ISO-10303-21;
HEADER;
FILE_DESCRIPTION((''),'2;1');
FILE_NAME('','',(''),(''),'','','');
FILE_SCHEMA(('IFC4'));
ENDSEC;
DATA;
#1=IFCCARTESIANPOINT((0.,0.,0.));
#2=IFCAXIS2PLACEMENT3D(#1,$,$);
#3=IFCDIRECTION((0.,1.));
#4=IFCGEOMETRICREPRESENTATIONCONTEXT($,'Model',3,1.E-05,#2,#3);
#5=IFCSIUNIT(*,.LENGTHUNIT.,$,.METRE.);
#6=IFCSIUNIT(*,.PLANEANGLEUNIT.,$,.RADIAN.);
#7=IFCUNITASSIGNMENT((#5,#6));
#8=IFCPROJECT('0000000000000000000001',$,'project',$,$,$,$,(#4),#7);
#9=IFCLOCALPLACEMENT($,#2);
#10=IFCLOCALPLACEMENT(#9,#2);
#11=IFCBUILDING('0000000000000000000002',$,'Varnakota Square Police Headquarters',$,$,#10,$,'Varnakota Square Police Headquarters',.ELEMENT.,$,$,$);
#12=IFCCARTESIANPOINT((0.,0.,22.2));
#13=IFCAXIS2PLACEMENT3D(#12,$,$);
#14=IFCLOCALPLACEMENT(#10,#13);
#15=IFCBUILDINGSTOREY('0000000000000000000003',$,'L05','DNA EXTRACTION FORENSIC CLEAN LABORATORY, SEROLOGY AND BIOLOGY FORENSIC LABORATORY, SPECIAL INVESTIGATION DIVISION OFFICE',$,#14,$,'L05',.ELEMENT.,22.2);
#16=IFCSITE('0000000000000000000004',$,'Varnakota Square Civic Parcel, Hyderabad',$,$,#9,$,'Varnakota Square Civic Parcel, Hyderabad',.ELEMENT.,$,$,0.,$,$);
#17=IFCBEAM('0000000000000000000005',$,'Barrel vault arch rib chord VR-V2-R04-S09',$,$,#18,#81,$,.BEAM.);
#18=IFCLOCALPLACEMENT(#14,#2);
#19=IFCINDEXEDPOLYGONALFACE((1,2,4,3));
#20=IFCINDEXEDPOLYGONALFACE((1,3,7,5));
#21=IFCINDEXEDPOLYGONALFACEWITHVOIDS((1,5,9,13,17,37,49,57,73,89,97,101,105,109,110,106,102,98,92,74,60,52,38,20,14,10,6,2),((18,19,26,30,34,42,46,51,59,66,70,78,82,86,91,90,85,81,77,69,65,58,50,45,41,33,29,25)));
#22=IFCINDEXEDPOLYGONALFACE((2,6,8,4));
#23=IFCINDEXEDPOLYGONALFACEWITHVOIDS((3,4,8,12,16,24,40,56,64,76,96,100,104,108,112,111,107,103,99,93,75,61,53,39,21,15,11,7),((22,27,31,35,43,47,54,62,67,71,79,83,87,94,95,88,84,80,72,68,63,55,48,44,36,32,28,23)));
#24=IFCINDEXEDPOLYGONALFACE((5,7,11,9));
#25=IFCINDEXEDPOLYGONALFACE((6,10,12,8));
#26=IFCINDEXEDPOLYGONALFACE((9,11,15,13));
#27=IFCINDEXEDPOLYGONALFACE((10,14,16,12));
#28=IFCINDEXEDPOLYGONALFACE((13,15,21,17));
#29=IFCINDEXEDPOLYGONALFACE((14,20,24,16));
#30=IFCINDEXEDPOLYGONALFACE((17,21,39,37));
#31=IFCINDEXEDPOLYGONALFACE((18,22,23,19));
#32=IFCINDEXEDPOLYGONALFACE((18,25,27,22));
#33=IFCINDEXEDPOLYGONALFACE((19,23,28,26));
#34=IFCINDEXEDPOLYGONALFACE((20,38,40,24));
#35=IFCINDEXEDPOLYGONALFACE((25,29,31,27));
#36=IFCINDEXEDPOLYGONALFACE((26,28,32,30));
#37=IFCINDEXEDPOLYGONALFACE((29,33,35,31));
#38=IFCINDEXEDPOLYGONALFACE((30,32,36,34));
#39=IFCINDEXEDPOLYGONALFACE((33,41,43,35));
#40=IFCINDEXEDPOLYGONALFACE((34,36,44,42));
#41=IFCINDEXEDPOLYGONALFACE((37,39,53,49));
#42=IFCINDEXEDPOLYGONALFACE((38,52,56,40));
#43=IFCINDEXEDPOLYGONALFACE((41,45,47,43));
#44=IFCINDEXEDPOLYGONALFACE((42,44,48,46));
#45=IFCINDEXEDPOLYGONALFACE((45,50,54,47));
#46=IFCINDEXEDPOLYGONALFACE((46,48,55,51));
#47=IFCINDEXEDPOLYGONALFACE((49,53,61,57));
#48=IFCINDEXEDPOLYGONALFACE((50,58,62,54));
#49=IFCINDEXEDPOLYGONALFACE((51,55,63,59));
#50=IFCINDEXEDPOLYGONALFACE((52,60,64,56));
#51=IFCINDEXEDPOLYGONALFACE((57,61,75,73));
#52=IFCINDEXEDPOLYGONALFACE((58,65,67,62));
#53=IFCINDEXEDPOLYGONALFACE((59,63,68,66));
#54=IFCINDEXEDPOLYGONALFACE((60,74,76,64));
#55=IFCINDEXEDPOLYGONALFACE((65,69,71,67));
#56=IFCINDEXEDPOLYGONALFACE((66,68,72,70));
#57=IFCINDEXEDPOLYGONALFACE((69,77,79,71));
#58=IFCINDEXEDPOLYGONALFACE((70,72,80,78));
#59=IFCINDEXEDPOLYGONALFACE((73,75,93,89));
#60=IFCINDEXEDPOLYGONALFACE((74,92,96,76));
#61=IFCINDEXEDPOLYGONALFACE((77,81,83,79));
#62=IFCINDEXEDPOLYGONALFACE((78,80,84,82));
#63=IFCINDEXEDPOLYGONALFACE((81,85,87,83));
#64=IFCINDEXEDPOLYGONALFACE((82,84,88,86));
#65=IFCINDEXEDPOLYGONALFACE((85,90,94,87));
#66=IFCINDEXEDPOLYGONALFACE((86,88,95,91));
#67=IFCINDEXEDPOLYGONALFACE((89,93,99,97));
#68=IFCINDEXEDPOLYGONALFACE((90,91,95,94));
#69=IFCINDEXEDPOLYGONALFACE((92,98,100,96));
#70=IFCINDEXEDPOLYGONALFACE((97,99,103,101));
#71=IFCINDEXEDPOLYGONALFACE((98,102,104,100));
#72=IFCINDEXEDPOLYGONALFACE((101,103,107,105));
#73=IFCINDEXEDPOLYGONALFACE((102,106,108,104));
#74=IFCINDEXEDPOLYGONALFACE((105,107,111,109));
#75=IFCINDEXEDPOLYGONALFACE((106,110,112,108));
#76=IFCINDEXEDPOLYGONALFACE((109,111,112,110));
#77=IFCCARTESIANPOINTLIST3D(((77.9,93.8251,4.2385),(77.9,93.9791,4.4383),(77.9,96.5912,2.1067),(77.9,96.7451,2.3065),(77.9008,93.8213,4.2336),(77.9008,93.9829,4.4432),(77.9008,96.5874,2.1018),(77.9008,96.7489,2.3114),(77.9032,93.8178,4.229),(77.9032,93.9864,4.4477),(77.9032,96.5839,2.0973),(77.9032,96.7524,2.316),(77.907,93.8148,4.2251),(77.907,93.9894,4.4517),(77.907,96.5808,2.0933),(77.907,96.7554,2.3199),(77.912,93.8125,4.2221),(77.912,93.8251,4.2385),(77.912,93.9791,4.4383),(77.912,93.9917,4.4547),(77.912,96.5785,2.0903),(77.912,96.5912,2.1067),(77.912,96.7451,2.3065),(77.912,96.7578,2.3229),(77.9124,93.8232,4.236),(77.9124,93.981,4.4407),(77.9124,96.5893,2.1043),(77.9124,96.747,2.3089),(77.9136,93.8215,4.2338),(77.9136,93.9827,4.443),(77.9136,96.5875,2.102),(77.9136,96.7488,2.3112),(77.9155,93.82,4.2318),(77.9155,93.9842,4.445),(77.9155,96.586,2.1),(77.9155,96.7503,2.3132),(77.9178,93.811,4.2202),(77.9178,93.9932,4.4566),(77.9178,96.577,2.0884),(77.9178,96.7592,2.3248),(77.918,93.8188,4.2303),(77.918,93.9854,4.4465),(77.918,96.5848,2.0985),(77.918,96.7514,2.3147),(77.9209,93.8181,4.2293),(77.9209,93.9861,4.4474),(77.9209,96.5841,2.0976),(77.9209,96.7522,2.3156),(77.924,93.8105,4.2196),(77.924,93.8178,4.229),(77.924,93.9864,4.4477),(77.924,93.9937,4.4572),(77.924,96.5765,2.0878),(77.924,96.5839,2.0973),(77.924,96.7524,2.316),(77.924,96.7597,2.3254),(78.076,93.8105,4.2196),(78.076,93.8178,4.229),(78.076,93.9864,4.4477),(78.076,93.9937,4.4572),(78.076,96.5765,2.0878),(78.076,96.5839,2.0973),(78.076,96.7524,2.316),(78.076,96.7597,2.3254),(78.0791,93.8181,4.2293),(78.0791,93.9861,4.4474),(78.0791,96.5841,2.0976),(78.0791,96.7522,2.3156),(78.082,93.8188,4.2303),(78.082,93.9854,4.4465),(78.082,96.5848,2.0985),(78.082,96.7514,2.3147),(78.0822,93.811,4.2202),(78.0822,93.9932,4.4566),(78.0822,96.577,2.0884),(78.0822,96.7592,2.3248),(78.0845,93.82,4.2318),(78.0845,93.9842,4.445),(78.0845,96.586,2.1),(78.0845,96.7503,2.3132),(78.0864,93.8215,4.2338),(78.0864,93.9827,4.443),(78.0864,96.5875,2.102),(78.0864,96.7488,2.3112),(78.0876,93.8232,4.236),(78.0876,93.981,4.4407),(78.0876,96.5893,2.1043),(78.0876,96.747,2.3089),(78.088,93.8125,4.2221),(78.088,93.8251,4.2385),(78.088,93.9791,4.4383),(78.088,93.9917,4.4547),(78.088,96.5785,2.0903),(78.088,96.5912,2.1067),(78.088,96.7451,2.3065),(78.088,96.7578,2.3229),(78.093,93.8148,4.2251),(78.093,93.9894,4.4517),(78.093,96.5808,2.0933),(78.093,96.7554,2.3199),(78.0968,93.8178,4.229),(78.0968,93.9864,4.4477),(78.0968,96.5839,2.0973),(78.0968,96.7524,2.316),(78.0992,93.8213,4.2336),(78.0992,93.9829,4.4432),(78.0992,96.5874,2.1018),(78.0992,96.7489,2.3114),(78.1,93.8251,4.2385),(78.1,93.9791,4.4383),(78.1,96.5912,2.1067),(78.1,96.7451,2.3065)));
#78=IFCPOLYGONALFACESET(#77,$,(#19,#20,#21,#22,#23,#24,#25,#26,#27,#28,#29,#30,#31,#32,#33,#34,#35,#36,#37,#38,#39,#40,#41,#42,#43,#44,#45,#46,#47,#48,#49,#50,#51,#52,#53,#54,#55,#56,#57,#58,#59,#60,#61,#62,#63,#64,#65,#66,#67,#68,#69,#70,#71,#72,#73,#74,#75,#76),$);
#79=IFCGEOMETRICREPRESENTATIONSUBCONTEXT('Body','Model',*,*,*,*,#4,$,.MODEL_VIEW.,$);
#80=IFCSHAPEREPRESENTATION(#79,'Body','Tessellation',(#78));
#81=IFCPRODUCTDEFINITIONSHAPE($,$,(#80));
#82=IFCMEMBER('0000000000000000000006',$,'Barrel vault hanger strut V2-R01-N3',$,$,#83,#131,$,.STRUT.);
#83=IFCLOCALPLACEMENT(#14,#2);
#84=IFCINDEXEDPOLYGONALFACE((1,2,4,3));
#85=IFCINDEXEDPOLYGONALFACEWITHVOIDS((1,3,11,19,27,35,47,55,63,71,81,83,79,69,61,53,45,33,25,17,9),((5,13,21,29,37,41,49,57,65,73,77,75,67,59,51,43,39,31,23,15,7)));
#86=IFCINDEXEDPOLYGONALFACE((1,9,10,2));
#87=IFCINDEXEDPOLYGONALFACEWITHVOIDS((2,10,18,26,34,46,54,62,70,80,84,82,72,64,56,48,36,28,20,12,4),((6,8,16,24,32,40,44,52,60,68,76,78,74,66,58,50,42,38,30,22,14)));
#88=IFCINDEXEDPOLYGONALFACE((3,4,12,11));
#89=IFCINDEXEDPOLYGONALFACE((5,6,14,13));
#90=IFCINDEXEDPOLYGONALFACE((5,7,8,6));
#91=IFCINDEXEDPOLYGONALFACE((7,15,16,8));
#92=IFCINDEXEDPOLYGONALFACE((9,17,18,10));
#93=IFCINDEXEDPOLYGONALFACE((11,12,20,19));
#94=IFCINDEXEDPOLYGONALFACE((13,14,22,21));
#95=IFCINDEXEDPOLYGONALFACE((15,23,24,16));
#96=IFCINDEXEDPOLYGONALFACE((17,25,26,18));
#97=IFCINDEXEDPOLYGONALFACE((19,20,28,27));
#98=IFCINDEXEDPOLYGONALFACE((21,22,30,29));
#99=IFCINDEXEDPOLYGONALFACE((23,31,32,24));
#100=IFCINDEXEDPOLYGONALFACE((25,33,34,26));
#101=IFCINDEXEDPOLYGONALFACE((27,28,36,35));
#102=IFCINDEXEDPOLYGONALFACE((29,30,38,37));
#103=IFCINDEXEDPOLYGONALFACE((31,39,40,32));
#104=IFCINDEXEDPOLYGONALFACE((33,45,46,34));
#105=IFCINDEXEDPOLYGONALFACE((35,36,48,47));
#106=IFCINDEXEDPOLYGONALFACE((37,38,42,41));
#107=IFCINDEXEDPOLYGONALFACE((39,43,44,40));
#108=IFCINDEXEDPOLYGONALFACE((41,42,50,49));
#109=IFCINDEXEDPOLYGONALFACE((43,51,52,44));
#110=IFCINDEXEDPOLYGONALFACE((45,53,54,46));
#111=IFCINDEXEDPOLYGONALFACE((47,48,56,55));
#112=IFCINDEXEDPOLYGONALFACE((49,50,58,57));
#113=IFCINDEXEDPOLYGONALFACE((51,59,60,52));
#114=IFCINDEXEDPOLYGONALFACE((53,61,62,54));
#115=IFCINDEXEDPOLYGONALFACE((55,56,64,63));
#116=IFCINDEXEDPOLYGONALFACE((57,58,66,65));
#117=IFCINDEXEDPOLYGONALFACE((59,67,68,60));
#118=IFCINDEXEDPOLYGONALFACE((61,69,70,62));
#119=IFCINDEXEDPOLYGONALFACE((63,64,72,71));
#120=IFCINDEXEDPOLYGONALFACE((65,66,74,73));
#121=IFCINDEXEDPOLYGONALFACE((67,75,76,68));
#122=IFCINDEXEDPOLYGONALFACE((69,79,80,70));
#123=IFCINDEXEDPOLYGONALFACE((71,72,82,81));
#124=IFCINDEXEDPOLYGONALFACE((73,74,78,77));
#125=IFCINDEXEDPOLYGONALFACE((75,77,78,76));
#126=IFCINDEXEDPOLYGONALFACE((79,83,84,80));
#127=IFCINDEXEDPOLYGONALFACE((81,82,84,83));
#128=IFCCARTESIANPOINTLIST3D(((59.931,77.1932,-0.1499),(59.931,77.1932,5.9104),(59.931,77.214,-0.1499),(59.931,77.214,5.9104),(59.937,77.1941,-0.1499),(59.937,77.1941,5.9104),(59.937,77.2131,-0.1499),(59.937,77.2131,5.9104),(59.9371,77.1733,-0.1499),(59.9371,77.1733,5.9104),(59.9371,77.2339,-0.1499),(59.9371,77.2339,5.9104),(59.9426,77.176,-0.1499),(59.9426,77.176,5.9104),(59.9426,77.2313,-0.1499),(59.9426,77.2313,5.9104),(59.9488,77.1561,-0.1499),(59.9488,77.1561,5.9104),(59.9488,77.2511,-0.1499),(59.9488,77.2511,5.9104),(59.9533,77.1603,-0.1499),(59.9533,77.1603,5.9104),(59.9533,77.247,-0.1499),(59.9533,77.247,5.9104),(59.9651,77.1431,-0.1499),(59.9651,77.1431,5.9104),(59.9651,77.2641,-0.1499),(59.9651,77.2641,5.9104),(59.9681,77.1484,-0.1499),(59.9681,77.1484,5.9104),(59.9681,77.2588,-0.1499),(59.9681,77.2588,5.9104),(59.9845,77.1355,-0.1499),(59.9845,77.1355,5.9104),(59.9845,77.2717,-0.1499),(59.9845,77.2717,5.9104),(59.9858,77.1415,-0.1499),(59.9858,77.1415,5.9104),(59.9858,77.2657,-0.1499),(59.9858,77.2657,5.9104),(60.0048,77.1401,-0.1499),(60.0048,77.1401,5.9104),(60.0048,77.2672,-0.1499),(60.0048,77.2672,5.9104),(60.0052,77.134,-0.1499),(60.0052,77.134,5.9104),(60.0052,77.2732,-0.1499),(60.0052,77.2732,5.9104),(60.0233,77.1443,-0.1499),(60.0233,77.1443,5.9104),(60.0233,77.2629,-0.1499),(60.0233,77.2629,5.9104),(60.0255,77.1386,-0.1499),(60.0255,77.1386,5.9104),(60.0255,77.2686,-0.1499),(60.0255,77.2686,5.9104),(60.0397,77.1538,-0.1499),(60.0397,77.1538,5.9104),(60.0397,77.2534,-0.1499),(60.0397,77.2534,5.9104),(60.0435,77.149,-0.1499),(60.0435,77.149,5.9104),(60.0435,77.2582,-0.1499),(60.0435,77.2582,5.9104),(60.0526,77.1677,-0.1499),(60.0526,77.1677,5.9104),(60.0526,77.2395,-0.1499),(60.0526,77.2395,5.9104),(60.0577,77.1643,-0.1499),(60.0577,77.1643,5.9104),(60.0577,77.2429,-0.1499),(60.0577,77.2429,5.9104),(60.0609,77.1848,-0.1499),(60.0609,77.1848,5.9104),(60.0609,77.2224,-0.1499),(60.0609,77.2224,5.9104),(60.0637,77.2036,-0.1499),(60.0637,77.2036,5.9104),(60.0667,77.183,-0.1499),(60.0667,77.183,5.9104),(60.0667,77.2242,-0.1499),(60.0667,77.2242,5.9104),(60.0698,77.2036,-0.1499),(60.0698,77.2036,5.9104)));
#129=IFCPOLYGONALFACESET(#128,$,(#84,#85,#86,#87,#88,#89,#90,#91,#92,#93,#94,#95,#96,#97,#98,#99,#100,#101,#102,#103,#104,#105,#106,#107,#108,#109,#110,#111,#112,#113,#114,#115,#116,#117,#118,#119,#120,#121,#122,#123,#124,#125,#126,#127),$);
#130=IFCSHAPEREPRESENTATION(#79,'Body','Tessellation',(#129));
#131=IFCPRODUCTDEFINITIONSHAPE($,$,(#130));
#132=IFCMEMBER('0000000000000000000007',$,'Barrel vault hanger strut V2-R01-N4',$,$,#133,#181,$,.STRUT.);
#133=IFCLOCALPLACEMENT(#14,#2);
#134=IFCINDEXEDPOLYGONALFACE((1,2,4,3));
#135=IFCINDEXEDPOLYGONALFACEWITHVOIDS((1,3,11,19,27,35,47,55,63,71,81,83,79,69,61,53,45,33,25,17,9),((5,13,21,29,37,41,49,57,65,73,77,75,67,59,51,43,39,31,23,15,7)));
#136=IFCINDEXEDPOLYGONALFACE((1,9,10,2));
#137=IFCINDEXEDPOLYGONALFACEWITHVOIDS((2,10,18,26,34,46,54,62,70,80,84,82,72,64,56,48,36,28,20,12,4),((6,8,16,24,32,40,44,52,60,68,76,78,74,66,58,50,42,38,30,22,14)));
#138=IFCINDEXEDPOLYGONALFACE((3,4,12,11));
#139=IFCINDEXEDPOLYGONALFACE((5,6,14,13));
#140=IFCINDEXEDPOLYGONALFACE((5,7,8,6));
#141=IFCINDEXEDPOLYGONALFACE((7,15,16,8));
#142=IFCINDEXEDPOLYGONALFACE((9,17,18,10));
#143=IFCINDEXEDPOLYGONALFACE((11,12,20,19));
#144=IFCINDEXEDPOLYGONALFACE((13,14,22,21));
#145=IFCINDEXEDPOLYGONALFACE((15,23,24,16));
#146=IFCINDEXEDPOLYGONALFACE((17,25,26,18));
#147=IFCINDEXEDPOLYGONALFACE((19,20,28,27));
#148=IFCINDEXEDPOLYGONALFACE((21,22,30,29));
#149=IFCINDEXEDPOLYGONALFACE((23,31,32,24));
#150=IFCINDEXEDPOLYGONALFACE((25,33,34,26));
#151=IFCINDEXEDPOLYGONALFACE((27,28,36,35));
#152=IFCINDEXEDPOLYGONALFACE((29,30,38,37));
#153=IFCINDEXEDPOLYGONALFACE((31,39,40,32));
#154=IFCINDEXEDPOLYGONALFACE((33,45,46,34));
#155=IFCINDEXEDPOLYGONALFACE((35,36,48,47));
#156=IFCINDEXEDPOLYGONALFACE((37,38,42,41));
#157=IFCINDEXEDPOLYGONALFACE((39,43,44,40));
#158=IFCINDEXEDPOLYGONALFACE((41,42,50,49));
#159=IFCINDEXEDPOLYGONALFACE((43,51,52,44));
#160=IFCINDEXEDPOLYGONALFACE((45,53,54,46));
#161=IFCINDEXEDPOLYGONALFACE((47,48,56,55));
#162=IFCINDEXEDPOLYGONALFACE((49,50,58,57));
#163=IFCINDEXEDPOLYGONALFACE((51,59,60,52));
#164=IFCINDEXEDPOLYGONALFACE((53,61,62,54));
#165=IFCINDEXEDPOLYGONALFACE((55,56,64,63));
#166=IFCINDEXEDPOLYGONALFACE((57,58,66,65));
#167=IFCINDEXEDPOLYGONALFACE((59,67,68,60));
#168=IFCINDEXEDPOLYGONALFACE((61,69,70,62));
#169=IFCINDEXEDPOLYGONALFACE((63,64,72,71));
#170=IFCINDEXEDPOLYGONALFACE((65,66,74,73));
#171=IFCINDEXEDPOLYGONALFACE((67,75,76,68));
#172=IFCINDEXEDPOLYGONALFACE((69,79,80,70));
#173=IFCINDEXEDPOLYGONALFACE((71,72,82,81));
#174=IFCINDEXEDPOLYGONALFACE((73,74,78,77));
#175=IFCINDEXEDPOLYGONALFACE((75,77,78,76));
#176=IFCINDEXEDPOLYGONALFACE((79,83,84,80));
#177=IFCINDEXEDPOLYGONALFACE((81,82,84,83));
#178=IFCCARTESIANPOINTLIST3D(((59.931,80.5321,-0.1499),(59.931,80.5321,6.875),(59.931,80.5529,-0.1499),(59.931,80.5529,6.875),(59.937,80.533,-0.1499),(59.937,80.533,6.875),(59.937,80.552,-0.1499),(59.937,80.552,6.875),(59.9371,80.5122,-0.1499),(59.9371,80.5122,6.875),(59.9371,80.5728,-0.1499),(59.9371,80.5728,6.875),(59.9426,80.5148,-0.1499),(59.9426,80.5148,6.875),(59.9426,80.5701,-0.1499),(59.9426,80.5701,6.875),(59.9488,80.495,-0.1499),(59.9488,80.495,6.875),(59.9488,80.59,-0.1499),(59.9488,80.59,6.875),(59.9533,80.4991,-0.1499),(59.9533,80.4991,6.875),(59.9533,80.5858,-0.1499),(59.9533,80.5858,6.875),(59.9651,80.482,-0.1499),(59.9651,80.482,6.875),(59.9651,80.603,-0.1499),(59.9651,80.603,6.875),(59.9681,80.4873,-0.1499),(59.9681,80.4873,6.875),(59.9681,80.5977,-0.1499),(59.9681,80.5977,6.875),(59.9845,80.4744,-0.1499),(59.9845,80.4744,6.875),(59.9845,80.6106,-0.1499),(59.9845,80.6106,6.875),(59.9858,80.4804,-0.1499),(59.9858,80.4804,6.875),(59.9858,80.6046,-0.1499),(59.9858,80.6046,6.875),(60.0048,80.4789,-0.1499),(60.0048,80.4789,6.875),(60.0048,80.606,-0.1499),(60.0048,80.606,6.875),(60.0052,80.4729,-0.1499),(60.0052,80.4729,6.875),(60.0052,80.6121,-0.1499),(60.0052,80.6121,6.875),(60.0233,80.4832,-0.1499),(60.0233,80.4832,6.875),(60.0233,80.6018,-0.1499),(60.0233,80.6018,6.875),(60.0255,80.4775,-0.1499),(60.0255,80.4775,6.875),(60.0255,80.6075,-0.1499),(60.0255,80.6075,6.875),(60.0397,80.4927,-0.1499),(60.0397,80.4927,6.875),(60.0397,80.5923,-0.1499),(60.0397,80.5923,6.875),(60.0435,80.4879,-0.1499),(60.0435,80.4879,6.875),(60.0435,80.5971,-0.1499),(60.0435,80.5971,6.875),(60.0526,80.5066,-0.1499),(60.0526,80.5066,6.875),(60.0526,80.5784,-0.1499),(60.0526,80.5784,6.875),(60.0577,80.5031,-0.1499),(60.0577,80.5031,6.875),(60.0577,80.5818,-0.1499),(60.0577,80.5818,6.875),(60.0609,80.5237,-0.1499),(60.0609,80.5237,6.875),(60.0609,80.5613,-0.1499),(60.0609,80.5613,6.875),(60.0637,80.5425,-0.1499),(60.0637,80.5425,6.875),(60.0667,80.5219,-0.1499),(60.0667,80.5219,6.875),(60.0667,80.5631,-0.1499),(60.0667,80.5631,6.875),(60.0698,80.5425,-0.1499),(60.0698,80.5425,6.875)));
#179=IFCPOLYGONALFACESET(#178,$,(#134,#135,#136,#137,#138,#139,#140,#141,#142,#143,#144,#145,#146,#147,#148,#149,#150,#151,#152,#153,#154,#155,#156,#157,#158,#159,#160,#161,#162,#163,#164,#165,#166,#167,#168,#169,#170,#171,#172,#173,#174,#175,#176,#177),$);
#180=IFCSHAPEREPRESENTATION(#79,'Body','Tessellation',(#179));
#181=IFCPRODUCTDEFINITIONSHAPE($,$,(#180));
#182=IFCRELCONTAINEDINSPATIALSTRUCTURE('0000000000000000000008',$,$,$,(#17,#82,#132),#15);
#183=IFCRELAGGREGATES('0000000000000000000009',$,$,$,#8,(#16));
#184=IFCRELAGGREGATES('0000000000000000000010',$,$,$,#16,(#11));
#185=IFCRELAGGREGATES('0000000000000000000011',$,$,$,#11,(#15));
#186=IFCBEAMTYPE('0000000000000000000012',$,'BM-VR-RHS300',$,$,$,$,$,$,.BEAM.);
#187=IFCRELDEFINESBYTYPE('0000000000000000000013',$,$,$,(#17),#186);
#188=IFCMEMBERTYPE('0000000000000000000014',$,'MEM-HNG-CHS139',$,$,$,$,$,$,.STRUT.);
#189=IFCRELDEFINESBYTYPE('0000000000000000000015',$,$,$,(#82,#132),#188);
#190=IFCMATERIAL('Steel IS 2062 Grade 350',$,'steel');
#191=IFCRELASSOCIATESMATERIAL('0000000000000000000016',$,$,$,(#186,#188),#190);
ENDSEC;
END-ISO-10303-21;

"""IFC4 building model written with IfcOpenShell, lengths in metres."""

from ifc_helpers import new_model, si_unit, direction, frame, origin, origin_2d, place, context, subcontext, project, spatial, hollow_rectangle, hollow_circle, extrude, material, material_profile, profile_set, type_object, element, save


model = new_model("IFC4")

# Units and contexts
model_context = context("Model", 3, precision=1e-05, world=origin(), true_north=direction((0.0, 1.0)))
body_context = subcontext(model_context, "Body", "Model", "MODEL_VIEW")
ifc_project = project(units=[si_unit("LENGTHUNIT", "METRE"), si_unit("PLANEANGLEUNIT", "RADIAN")], contexts=[model_context])

# Site, building, storey
site_placement = place(None, origin())
site = spatial("IfcSite", under=ifc_project, at=site_placement, Name="Varnakota Square Civic Parcel, Hyderabad", LongName="Varnakota Square Civic Parcel, Hyderabad", CompositionType="ELEMENT", RefElevation=0.0)
building_placement = place(site_placement, origin())
building = spatial("IfcBuilding", under=site, at=building_placement, Name="Varnakota Square Police Headquarters", LongName="Varnakota Square Police Headquarters", CompositionType="ELEMENT")
storey_placement = place(building_placement, frame((0.0, 0.0, 22.2)))
storey = spatial("IfcBuildingStorey", under=building, at=storey_placement, Name="L05", Description="DNA EXTRACTION FORENSIC CLEAN LABORATORY, SEROLOGY AND BIOLOGY FORENSIC LABORATORY, SPECIAL INVESTIGATION DIVISION OFFICE", LongName="L05", CompositionType="ELEMENT", Elevation=22.2)

# Beam
ifc_material_1 = material(Name="Steel IS 2062 Grade 350", Category="steel")
ifc_material_profile_1 = material_profile(ifc_material_1, hollow_rectangle(XDim=0.2, YDim=0.3, WallThickness=0.012, InnerFilletRadius=0.012, OuterFilletRadius=0.0239, at=origin_2d()), Name="RHS 300x200x12")
ifc_profile_set_1 = profile_set([ifc_material_profile_1], Name="Steel IS 2062 Grade 350")
beam_type = type_object("IfcBeamType", Name="BM-VR-RHS300", PredefinedType="BEAM", material=ifc_profile_set_1)
for number, where, z_axis, x_axis, name in (
    (1, (78.0, 93.9021, 4.3384), (0.0, 0.792062, -0.61044), (-1.0, 0.0, 0.0), "Barrel vault arch rib chord VR-V2-R04-S09"),
):
    element("IfcBeam", number, at=place(storey_placement, frame(where, z_axis=z_axis, x_axis=x_axis)), inside=storey, type_object=beam_type, Name=name, PredefinedType="BEAM", context=body_context, shape_type="SweptSolid", body=[
        extrude(hollow_rectangle(XDim=0.2, YDim=0.3, WallThickness=0.012, InnerFilletRadius=0.012, OuterFilletRadius=0.0239, at=origin_2d()), origin(), (0.0, 0.0, 1.0), 3.4922),
    ])

# Members
ifc_material_profile_2 = material_profile(ifc_material_1, hollow_circle(Radius=0.0698, WallThickness=0.0061, at=origin_2d()), Name="CHS 139.7x6.0")
ifc_profile_set_2 = profile_set([ifc_material_profile_2], Name="Steel IS 2062 Grade 350")
member_type = type_object("IfcMemberType", Name="MEM-HNG-CHS139", PredefinedType="STRUT", material=ifc_profile_set_2)
member_1_placement = place(storey_placement, frame((60.0, 77.2036, -0.1499), z_axis=(0.0, 0.0, 1.0), x_axis=(1.0, 0.0, 0.0)))
element("IfcMember", 2, at=member_1_placement, inside=storey, type_object=member_type, Name="Barrel vault hanger strut V2-R01-N3", PredefinedType="STRUT", context=body_context, shape_type="SweptSolid", body=[
    extrude(hollow_circle(Radius=0.0698, WallThickness=0.0061, at=origin_2d()), origin(), (0.0, 0.0, 1.0), 6.0603),
])
member_2_placement = place(storey_placement, frame((60.0, 80.5425, -0.1499), z_axis=(0.0, 0.0, 1.0), x_axis=(1.0, 0.0, 0.0)))
element("IfcMember", 3, at=member_2_placement, inside=storey, type_object=member_type, Name="Barrel vault hanger strut V2-R01-N4", PredefinedType="STRUT", context=body_context, shape_type="SweptSolid", body=[
    extrude(hollow_circle(Radius=0.0698, WallThickness=0.0061, at=origin_2d()), origin(), (0.0, 0.0, 1.0), 7.0249),
])

save(model, "model.ifc")
